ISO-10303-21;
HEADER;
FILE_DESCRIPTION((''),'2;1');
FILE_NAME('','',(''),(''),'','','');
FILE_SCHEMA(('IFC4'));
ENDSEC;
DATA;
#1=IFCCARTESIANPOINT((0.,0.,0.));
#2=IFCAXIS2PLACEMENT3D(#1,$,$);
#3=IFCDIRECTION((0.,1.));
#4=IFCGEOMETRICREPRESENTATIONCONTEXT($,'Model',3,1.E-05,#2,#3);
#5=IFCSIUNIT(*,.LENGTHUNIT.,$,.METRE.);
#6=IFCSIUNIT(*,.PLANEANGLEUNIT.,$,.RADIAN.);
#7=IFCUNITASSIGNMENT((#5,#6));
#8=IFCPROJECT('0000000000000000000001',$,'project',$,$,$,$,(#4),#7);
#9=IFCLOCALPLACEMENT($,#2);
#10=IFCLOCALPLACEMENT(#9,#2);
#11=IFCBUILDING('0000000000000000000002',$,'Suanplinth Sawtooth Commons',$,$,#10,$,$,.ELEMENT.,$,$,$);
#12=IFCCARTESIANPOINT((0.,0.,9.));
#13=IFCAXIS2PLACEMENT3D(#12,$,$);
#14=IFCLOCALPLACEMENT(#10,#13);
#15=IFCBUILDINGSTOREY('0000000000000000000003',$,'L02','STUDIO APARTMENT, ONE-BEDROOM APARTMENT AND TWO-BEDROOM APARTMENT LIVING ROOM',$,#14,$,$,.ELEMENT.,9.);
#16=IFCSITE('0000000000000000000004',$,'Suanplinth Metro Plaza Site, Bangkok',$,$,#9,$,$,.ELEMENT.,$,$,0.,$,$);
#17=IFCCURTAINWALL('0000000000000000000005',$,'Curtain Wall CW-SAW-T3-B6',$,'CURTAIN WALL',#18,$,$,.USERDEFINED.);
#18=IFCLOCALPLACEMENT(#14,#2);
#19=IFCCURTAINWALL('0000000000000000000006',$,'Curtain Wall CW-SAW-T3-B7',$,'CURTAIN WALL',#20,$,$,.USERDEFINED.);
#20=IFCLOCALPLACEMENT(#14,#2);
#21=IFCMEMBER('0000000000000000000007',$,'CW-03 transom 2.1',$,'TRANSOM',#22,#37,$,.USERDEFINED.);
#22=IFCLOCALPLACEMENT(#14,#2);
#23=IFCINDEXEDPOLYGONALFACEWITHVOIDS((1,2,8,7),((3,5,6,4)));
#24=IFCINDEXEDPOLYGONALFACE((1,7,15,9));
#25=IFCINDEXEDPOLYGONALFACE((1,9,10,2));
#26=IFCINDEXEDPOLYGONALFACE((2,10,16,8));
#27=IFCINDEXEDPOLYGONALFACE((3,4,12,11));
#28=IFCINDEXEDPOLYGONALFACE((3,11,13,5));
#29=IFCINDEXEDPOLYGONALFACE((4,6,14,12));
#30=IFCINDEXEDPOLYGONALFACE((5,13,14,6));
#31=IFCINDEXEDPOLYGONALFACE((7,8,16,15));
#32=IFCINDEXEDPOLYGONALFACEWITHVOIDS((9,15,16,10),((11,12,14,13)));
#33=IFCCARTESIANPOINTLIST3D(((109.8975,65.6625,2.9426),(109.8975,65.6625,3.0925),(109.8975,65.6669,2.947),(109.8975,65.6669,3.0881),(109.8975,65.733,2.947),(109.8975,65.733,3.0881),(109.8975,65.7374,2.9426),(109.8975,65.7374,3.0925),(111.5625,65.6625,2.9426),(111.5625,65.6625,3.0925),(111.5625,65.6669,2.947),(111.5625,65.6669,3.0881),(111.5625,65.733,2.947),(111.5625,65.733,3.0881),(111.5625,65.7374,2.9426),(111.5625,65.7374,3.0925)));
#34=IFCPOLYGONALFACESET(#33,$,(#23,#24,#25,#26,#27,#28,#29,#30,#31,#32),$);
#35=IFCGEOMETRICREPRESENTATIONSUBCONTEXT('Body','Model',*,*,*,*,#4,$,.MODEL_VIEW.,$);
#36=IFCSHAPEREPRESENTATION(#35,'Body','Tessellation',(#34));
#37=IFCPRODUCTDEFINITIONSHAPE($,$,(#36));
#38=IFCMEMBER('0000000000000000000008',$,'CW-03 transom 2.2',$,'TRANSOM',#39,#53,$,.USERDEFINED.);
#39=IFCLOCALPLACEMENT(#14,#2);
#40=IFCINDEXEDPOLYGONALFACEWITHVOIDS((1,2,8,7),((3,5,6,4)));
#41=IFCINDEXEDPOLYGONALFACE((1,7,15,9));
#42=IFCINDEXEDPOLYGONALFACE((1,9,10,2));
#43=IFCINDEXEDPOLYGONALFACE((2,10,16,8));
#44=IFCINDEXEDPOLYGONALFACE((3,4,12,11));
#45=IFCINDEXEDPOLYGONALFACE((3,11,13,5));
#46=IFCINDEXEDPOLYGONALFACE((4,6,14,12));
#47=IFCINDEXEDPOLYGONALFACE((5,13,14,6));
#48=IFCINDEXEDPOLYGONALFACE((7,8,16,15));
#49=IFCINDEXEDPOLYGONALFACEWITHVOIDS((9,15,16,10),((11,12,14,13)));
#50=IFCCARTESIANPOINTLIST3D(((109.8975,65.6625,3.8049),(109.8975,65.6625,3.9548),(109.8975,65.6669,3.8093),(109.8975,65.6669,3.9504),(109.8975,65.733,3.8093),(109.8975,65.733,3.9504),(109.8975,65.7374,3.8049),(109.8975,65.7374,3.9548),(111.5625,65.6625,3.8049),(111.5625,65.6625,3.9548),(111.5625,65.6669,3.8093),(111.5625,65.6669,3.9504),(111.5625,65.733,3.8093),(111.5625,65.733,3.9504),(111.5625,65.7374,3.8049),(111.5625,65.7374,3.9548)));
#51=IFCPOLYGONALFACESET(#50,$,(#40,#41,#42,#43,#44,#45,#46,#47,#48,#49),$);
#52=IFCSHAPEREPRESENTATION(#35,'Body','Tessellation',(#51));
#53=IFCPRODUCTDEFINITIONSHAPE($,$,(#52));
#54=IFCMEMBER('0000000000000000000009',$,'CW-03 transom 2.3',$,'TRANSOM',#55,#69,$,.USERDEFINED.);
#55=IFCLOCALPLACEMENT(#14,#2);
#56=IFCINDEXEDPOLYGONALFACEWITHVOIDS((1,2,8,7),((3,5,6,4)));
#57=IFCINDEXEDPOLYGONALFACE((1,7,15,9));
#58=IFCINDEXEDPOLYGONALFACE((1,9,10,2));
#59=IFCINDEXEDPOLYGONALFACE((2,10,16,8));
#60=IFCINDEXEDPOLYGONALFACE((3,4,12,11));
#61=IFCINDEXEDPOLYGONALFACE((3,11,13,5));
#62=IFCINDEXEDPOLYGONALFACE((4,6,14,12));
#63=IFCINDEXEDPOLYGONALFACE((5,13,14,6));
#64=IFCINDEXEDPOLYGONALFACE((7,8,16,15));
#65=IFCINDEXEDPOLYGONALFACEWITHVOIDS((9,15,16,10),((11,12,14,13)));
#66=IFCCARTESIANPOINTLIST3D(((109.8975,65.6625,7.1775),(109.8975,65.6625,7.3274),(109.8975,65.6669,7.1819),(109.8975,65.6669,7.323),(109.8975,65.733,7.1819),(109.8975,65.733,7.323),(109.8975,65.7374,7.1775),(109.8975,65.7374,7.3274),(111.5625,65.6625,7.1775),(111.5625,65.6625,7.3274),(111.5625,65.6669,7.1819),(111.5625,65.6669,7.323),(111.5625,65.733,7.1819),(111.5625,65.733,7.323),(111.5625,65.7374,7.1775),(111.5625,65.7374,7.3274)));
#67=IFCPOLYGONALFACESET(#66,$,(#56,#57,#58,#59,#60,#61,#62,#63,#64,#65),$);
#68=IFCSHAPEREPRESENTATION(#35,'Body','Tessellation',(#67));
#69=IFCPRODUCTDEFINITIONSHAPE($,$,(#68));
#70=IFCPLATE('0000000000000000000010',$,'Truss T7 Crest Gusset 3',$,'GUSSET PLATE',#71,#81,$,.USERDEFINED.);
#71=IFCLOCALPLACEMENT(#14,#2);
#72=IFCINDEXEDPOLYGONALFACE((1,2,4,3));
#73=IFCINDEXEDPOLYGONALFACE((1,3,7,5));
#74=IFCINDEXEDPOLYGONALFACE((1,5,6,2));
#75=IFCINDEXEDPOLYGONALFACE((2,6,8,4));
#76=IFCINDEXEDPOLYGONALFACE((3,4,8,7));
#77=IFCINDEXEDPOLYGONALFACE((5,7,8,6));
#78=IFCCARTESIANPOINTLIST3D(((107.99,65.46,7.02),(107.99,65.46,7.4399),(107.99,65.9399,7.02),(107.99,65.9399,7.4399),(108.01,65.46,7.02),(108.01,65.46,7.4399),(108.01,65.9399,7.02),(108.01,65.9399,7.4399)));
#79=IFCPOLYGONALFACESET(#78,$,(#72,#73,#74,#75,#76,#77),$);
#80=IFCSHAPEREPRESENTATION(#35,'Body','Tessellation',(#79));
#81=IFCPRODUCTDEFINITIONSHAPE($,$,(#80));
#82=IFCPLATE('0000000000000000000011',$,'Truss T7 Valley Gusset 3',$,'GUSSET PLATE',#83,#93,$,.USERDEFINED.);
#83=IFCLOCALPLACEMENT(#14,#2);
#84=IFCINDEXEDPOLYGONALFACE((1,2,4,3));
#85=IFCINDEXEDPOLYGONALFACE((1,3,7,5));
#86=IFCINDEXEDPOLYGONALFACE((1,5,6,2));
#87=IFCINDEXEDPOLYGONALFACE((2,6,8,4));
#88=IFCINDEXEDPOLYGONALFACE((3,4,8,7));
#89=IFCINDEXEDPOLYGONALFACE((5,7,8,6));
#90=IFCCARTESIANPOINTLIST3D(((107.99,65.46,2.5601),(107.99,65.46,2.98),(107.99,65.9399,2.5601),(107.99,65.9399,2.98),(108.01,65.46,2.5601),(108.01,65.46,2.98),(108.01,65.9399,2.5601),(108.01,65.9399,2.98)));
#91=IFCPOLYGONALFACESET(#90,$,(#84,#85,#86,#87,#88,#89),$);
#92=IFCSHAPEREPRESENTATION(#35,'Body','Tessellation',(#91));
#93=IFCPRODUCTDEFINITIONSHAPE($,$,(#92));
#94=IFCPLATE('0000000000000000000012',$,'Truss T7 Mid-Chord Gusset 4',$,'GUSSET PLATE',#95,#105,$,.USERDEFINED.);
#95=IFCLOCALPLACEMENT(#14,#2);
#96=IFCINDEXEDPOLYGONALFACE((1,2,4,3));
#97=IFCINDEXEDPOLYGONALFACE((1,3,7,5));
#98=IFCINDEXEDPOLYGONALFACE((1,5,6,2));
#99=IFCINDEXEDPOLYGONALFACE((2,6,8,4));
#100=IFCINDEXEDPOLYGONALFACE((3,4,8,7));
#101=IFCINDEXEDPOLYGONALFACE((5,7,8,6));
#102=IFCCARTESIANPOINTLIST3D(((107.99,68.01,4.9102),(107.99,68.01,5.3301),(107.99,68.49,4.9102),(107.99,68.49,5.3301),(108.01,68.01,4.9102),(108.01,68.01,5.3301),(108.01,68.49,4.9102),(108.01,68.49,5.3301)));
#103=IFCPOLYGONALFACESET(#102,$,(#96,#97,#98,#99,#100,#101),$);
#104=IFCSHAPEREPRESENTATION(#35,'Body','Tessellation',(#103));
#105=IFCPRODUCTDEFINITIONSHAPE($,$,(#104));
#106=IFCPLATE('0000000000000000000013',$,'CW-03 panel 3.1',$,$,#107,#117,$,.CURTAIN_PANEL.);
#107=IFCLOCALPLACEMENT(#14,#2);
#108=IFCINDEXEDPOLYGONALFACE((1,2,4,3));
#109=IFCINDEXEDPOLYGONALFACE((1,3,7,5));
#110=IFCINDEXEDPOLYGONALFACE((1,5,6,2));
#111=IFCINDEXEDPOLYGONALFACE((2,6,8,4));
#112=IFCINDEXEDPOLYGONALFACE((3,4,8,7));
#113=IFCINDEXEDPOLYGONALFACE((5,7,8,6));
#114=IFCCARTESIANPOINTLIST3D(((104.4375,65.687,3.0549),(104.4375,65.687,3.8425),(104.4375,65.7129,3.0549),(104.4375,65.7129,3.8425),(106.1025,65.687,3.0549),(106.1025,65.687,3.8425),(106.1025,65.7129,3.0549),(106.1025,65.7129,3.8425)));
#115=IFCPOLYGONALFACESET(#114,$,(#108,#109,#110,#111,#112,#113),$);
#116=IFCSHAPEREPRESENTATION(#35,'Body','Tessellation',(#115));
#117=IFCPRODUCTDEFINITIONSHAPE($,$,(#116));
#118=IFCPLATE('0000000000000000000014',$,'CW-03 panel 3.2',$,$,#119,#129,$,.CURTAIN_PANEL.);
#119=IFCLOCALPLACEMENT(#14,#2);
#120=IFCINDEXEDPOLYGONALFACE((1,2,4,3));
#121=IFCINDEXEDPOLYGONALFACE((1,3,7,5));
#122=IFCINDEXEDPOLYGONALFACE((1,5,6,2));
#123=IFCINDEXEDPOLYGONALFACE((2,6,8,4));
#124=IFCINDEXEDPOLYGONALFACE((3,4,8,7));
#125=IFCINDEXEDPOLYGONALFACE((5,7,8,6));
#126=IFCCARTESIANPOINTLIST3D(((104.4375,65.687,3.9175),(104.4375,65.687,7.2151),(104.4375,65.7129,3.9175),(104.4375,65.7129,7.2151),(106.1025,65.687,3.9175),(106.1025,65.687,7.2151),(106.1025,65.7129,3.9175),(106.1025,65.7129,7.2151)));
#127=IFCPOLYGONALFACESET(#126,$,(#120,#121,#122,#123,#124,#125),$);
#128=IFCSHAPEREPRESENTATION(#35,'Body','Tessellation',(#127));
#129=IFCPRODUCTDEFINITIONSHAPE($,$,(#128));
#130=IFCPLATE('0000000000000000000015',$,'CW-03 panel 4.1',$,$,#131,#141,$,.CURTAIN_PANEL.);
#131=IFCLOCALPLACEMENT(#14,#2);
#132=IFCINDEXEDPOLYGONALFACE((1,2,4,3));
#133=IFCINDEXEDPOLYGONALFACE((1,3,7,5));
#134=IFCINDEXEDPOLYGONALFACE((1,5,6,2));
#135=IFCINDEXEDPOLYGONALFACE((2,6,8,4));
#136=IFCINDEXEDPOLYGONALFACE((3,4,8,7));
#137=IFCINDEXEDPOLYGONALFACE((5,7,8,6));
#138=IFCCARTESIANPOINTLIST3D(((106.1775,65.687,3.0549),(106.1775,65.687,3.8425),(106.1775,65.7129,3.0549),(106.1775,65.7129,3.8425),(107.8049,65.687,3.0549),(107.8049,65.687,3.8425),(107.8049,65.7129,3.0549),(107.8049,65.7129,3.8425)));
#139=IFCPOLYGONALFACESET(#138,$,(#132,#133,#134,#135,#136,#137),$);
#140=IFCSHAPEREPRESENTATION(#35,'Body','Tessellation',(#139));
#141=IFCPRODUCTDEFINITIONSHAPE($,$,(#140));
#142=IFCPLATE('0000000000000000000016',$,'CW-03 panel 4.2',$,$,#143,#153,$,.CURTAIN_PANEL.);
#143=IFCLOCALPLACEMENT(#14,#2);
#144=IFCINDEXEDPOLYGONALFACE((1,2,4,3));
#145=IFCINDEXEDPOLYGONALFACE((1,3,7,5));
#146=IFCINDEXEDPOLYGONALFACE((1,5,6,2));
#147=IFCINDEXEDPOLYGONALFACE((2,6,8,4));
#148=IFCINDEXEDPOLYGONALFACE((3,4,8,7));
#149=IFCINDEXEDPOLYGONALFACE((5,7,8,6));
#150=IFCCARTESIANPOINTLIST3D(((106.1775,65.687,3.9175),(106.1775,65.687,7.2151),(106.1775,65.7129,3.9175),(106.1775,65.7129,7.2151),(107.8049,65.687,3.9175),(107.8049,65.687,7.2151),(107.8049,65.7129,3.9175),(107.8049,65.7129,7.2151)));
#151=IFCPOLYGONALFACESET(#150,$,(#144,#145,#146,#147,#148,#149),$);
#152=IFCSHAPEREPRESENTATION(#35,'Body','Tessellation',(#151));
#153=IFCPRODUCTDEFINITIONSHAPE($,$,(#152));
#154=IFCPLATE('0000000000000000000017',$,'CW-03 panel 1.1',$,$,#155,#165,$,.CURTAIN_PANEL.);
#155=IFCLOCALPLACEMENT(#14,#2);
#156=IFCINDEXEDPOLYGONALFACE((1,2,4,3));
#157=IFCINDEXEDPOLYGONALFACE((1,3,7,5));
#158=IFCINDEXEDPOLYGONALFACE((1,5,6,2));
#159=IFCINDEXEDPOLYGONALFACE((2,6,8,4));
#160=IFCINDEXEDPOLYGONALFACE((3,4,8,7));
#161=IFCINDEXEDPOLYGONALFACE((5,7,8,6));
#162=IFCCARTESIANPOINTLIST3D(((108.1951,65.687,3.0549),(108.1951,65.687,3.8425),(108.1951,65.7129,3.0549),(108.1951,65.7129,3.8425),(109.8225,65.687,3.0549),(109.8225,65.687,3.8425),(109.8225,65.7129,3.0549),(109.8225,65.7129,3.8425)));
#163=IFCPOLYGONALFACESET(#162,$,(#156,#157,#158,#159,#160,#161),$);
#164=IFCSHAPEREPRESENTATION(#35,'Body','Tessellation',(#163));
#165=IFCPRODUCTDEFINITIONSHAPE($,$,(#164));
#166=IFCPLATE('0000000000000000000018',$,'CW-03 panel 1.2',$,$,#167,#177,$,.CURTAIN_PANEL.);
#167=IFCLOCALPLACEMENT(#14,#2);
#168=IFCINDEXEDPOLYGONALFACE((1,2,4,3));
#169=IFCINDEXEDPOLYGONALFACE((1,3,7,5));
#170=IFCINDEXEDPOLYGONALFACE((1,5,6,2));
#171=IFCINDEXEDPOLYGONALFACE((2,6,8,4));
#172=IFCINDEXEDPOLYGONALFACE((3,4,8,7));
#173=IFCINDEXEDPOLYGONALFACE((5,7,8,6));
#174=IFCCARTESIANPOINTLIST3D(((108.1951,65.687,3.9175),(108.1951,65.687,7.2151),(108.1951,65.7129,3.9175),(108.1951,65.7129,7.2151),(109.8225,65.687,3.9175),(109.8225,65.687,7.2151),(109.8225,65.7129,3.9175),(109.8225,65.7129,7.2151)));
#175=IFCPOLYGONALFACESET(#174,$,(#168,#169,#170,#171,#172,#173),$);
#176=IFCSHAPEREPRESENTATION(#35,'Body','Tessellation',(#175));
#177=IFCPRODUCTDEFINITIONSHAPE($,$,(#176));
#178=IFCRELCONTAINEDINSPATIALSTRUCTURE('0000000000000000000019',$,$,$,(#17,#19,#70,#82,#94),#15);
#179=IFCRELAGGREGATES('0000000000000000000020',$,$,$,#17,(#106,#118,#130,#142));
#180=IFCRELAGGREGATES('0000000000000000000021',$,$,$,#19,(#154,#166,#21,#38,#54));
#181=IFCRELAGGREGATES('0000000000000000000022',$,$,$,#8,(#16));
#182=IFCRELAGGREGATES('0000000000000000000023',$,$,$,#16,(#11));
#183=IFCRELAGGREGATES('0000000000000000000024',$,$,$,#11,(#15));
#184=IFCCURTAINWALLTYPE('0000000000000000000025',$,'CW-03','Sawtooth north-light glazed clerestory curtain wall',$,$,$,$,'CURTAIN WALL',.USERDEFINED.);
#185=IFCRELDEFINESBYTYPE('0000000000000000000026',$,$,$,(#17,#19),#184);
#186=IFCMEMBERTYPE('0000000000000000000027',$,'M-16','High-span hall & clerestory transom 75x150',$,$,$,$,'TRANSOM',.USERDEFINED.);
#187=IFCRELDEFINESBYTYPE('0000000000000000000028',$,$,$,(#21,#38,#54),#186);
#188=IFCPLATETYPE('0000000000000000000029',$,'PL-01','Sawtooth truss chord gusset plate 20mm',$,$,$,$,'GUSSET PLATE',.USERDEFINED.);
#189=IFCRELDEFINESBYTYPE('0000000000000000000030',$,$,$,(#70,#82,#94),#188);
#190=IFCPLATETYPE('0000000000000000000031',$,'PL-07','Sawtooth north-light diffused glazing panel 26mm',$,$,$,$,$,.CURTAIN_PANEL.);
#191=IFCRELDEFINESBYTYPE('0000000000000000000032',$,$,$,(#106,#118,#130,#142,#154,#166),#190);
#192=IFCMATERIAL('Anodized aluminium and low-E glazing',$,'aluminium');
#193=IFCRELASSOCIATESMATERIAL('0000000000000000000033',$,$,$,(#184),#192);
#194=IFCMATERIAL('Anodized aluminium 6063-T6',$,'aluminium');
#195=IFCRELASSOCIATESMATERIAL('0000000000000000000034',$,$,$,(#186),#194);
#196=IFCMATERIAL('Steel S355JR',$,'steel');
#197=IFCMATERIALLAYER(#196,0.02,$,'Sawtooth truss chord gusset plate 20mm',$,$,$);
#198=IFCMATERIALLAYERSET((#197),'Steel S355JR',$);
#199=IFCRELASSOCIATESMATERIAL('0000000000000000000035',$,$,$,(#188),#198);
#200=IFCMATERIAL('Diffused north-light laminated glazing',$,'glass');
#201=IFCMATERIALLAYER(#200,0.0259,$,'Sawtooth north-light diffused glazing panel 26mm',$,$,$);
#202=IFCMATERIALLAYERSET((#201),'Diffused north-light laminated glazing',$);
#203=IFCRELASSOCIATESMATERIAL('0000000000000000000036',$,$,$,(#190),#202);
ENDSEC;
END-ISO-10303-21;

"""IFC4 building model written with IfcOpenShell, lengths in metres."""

from ifc_helpers import new_model, si_unit, direction, frame, origin, origin_2d, place, context, subcontext, project, spatial, rectangle, hollow_rectangle, extrude, material, layer, layer_set, material_profile, profile_set, type_object, element, aggregate, save


model = new_model("IFC4")

# Units and contexts
model_context = context("Model", 3, precision=1e-05, world=origin(), true_north=direction((0.0, 1.0)))
body_context = subcontext(model_context, "Body", "Model", "MODEL_VIEW")
ifc_project = project(units=[si_unit("LENGTHUNIT", "METRE"), si_unit("PLANEANGLEUNIT", "RADIAN")], contexts=[model_context])

# Site, building, storey
site_placement = place(None, origin())
site = spatial("IfcSite", under=ifc_project, at=site_placement, Name="Suanplinth Metro Plaza Site, Bangkok", CompositionType="ELEMENT", RefElevation=0.0)
building_placement = place(site_placement, origin())
building = spatial("IfcBuilding", under=site, at=building_placement, Name="Suanplinth Sawtooth Commons", CompositionType="ELEMENT")
storey_placement = place(building_placement, frame((0.0, 0.0, 9.0)))
storey = spatial("IfcBuildingStorey", under=building, at=storey_placement, Name="L02", Description="STUDIO APARTMENT, ONE-BEDROOM APARTMENT AND TWO-BEDROOM APARTMENT LIVING ROOM", CompositionType="ELEMENT", Elevation=9.0)

# Shared definitions
ifc_material_1 = material(Name="Steel S355JR", Category="steel")

# Curtain walls
ifc_material_2 = material(Name="Anodized aluminium and low-E glazing", Category="aluminium")
curtain_wall_type = type_object("IfcCurtainWallType", Name="CW-03", Description="Sawtooth north-light glazed clerestory curtain wall", ElementType="CURTAIN WALL", PredefinedType="USERDEFINED", material=ifc_material_2)
curtain_wall_1_placement = place(storey_placement, origin())
curtain_wall_1 = element("IfcCurtainWall", 1, at=curtain_wall_1_placement, inside=storey, type_object=curtain_wall_type, Name="Curtain Wall CW-SAW-T3-B6", ObjectType="CURTAIN WALL", PredefinedType="USERDEFINED")
ifc_material_3 = material(Name="Anodized aluminium 6063-T6", Category="aluminium")
curtain_wall_2_placement = place(storey_placement, origin())
curtain_wall_2 = element("IfcCurtainWall", 2, at=curtain_wall_2_placement, inside=storey, type_object=curtain_wall_type, Name="Curtain Wall CW-SAW-T3-B7", ObjectType="CURTAIN WALL", PredefinedType="USERDEFINED")

# Members
ifc_material_profile_1 = material_profile(ifc_material_3, hollow_rectangle(XDim=0.075, YDim=0.1499, WallThickness=0.0044, at=origin_2d()), Name="ALU-TRN 75x150")
ifc_profile_set_1 = profile_set([ifc_material_profile_1], Name="Anodized aluminium 6063-T6")
member_type_1 = type_object("IfcMemberType", Name="M-16", Description="High-span hall & clerestory transom 75x150", ElementType="TRANSOM", PredefinedType="USERDEFINED", material=ifc_profile_set_1)
member_1_placement = place(storey_placement, frame((109.8975, 65.7, 3.0176), z_axis=(1.0, 0.0, 0.0), x_axis=(0.0, 1.0, 0.0)))
member_1 = element("IfcMember", 3, at=member_1_placement, type_object=member_type_1, Name="CW-03 transom 2.1", ObjectType="TRANSOM", PredefinedType="USERDEFINED", context=body_context, shape_type="SweptSolid", body=[
    extrude(hollow_rectangle(XDim=0.075, YDim=0.1499, WallThickness=0.0044, at=origin_2d()), origin(), (0.0, 0.0, 1.0), 1.665),
])
member_2_placement = place(storey_placement, frame((109.8975, 65.7, 3.8799), z_axis=(1.0, 0.0, 0.0), x_axis=(0.0, 1.0, 0.0)))
member_2 = element("IfcMember", 4, at=member_2_placement, type_object=member_type_1, Name="CW-03 transom 2.2", ObjectType="TRANSOM", PredefinedType="USERDEFINED", context=body_context, shape_type="SweptSolid", body=[
    extrude(hollow_rectangle(XDim=0.075, YDim=0.1499, WallThickness=0.0044, at=origin_2d()), origin(), (0.0, 0.0, 1.0), 1.665),
])
member_3_placement = place(storey_placement, frame((109.8975, 65.7, 7.2524), z_axis=(1.0, 0.0, 0.0), x_axis=(0.0, 1.0, 0.0)))
member_3 = element("IfcMember", 5, at=member_3_placement, type_object=member_type_1, Name="CW-03 transom 2.3", ObjectType="TRANSOM", PredefinedType="USERDEFINED", context=body_context, shape_type="SweptSolid", body=[
    extrude(hollow_rectangle(XDim=0.075, YDim=0.1499, WallThickness=0.0044, at=origin_2d()), origin(), (0.0, 0.0, 1.0), 1.665),
])

# Plates
ifc_layer_1 = layer(ifc_material_1, 0.02, Name="Sawtooth truss chord gusset plate 20mm")
ifc_layer_set_1 = layer_set([ifc_layer_1], Name="Steel S355JR")
plate_type_1 = type_object("IfcPlateType", Name="PL-01", Description="Sawtooth truss chord gusset plate 20mm", ElementType="GUSSET PLATE", PredefinedType="USERDEFINED", material=ifc_layer_set_1)
for number, where, z_axis, x_axis, name in (
    (6, (108.0, 65.7, 7.02), (0.0, 0.0, 1.0), (1.0, 0.0, 0.0), "Truss T7 Crest Gusset 3"),
    (7, (108.0, 65.7, 2.5601), (0.0, 0.0, 1.0), (1.0, 0.0, 0.0), "Truss T7 Valley Gusset 3"),
    (8, (108.0, 68.25, 4.9102), (0.0, 0.0, 1.0), (1.0, 0.0, 0.0), "Truss T7 Mid-Chord Gusset 4"),
):
    element("IfcPlate", number, at=place(storey_placement, frame(where, z_axis=z_axis, x_axis=x_axis)), inside=storey, type_object=plate_type_1, Name=name, ObjectType="GUSSET PLATE", PredefinedType="USERDEFINED", context=body_context, shape_type="SweptSolid", body=[
        extrude(rectangle(XDim=0.02, YDim=0.48, at=origin_2d()), origin(), (0.0, 0.0, 1.0), 0.4199),
    ])

# Plates
ifc_material_4 = material(Name="Diffused north-light laminated glazing", Category="glass")
ifc_layer_2 = layer(ifc_material_4, 0.0259, Name="Sawtooth north-light diffused glazing panel 26mm")
ifc_layer_set_2 = layer_set([ifc_layer_2], Name="Diffused north-light laminated glazing")
plate_type_2 = type_object("IfcPlateType", Name="PL-07", Description="Sawtooth north-light diffused glazing panel 26mm", PredefinedType="CURTAIN_PANEL", material=ifc_layer_set_2)
plate_1_placement = place(storey_placement, frame((105.27, 65.7, 3.0549), z_axis=(0.0, 0.0, 1.0), x_axis=(1.0, 0.0, 0.0)))
plate_1 = element("IfcPlate", 9, at=plate_1_placement, type_object=plate_type_2, Name="CW-03 panel 3.1", PredefinedType="CURTAIN_PANEL", context=body_context, shape_type="SweptSolid", body=[
    extrude(rectangle(XDim=1.665, YDim=0.0259, at=origin_2d()), origin(), (0.0, 0.0, 1.0), 0.7876),
])
plate_2_placement = place(storey_placement, frame((105.27, 65.7, 3.9175), z_axis=(0.0, 0.0, 1.0), x_axis=(1.0, 0.0, 0.0)))
plate_2 = element("IfcPlate", 10, at=plate_2_placement, type_object=plate_type_2, Name="CW-03 panel 3.2", PredefinedType="CURTAIN_PANEL", context=body_context, shape_type="SweptSolid", body=[
    extrude(rectangle(XDim=1.665, YDim=0.0259, at=origin_2d()), origin(), (0.0, 0.0, 1.0), 3.2976),
])
plate_3_placement = place(storey_placement, frame((106.9912, 65.7, 3.0549), z_axis=(0.0, 0.0, 1.0), x_axis=(1.0, 0.0, 0.0)))
plate_3 = element("IfcPlate", 11, at=plate_3_placement, type_object=plate_type_2, Name="CW-03 panel 4.1", PredefinedType="CURTAIN_PANEL", context=body_context, shape_type="SweptSolid", body=[
    extrude(rectangle(XDim=1.6274, YDim=0.0259, at=origin_2d()), origin(), (0.0, 0.0, 1.0), 0.7876),
])
plate_4_placement = place(storey_placement, frame((106.9912, 65.7, 3.9175), z_axis=(0.0, 0.0, 1.0), x_axis=(1.0, 0.0, 0.0)))
plate_4 = element("IfcPlate", 12, at=plate_4_placement, type_object=plate_type_2, Name="CW-03 panel 4.2", PredefinedType="CURTAIN_PANEL", context=body_context, shape_type="SweptSolid", body=[
    extrude(rectangle(XDim=1.6274, YDim=0.0259, at=origin_2d()), origin(), (0.0, 0.0, 1.0), 3.2976),
])
aggregate(curtain_wall_1, [plate_1, plate_2, plate_3, plate_4])
plate_5_placement = place(storey_placement, frame((109.0088, 65.7, 3.0549), z_axis=(0.0, 0.0, 1.0), x_axis=(1.0, 0.0, 0.0)))
plate_5 = element("IfcPlate", 13, at=plate_5_placement, type_object=plate_type_2, Name="CW-03 panel 1.1", PredefinedType="CURTAIN_PANEL", context=body_context, shape_type="SweptSolid", body=[
    extrude(rectangle(XDim=1.6274, YDim=0.0259, at=origin_2d()), origin(), (0.0, 0.0, 1.0), 0.7876),
])
plate_6_placement = place(storey_placement, frame((109.0088, 65.7, 3.9175), z_axis=(0.0, 0.0, 1.0), x_axis=(1.0, 0.0, 0.0)))
plate_6 = element("IfcPlate", 14, at=plate_6_placement, type_object=plate_type_2, Name="CW-03 panel 1.2", PredefinedType="CURTAIN_PANEL", context=body_context, shape_type="SweptSolid", body=[
    extrude(rectangle(XDim=1.6274, YDim=0.0259, at=origin_2d()), origin(), (0.0, 0.0, 1.0), 3.2976),
])
aggregate(curtain_wall_2, [plate_5, plate_6, member_1, member_2, member_3])

save(model, "model.ifc")
